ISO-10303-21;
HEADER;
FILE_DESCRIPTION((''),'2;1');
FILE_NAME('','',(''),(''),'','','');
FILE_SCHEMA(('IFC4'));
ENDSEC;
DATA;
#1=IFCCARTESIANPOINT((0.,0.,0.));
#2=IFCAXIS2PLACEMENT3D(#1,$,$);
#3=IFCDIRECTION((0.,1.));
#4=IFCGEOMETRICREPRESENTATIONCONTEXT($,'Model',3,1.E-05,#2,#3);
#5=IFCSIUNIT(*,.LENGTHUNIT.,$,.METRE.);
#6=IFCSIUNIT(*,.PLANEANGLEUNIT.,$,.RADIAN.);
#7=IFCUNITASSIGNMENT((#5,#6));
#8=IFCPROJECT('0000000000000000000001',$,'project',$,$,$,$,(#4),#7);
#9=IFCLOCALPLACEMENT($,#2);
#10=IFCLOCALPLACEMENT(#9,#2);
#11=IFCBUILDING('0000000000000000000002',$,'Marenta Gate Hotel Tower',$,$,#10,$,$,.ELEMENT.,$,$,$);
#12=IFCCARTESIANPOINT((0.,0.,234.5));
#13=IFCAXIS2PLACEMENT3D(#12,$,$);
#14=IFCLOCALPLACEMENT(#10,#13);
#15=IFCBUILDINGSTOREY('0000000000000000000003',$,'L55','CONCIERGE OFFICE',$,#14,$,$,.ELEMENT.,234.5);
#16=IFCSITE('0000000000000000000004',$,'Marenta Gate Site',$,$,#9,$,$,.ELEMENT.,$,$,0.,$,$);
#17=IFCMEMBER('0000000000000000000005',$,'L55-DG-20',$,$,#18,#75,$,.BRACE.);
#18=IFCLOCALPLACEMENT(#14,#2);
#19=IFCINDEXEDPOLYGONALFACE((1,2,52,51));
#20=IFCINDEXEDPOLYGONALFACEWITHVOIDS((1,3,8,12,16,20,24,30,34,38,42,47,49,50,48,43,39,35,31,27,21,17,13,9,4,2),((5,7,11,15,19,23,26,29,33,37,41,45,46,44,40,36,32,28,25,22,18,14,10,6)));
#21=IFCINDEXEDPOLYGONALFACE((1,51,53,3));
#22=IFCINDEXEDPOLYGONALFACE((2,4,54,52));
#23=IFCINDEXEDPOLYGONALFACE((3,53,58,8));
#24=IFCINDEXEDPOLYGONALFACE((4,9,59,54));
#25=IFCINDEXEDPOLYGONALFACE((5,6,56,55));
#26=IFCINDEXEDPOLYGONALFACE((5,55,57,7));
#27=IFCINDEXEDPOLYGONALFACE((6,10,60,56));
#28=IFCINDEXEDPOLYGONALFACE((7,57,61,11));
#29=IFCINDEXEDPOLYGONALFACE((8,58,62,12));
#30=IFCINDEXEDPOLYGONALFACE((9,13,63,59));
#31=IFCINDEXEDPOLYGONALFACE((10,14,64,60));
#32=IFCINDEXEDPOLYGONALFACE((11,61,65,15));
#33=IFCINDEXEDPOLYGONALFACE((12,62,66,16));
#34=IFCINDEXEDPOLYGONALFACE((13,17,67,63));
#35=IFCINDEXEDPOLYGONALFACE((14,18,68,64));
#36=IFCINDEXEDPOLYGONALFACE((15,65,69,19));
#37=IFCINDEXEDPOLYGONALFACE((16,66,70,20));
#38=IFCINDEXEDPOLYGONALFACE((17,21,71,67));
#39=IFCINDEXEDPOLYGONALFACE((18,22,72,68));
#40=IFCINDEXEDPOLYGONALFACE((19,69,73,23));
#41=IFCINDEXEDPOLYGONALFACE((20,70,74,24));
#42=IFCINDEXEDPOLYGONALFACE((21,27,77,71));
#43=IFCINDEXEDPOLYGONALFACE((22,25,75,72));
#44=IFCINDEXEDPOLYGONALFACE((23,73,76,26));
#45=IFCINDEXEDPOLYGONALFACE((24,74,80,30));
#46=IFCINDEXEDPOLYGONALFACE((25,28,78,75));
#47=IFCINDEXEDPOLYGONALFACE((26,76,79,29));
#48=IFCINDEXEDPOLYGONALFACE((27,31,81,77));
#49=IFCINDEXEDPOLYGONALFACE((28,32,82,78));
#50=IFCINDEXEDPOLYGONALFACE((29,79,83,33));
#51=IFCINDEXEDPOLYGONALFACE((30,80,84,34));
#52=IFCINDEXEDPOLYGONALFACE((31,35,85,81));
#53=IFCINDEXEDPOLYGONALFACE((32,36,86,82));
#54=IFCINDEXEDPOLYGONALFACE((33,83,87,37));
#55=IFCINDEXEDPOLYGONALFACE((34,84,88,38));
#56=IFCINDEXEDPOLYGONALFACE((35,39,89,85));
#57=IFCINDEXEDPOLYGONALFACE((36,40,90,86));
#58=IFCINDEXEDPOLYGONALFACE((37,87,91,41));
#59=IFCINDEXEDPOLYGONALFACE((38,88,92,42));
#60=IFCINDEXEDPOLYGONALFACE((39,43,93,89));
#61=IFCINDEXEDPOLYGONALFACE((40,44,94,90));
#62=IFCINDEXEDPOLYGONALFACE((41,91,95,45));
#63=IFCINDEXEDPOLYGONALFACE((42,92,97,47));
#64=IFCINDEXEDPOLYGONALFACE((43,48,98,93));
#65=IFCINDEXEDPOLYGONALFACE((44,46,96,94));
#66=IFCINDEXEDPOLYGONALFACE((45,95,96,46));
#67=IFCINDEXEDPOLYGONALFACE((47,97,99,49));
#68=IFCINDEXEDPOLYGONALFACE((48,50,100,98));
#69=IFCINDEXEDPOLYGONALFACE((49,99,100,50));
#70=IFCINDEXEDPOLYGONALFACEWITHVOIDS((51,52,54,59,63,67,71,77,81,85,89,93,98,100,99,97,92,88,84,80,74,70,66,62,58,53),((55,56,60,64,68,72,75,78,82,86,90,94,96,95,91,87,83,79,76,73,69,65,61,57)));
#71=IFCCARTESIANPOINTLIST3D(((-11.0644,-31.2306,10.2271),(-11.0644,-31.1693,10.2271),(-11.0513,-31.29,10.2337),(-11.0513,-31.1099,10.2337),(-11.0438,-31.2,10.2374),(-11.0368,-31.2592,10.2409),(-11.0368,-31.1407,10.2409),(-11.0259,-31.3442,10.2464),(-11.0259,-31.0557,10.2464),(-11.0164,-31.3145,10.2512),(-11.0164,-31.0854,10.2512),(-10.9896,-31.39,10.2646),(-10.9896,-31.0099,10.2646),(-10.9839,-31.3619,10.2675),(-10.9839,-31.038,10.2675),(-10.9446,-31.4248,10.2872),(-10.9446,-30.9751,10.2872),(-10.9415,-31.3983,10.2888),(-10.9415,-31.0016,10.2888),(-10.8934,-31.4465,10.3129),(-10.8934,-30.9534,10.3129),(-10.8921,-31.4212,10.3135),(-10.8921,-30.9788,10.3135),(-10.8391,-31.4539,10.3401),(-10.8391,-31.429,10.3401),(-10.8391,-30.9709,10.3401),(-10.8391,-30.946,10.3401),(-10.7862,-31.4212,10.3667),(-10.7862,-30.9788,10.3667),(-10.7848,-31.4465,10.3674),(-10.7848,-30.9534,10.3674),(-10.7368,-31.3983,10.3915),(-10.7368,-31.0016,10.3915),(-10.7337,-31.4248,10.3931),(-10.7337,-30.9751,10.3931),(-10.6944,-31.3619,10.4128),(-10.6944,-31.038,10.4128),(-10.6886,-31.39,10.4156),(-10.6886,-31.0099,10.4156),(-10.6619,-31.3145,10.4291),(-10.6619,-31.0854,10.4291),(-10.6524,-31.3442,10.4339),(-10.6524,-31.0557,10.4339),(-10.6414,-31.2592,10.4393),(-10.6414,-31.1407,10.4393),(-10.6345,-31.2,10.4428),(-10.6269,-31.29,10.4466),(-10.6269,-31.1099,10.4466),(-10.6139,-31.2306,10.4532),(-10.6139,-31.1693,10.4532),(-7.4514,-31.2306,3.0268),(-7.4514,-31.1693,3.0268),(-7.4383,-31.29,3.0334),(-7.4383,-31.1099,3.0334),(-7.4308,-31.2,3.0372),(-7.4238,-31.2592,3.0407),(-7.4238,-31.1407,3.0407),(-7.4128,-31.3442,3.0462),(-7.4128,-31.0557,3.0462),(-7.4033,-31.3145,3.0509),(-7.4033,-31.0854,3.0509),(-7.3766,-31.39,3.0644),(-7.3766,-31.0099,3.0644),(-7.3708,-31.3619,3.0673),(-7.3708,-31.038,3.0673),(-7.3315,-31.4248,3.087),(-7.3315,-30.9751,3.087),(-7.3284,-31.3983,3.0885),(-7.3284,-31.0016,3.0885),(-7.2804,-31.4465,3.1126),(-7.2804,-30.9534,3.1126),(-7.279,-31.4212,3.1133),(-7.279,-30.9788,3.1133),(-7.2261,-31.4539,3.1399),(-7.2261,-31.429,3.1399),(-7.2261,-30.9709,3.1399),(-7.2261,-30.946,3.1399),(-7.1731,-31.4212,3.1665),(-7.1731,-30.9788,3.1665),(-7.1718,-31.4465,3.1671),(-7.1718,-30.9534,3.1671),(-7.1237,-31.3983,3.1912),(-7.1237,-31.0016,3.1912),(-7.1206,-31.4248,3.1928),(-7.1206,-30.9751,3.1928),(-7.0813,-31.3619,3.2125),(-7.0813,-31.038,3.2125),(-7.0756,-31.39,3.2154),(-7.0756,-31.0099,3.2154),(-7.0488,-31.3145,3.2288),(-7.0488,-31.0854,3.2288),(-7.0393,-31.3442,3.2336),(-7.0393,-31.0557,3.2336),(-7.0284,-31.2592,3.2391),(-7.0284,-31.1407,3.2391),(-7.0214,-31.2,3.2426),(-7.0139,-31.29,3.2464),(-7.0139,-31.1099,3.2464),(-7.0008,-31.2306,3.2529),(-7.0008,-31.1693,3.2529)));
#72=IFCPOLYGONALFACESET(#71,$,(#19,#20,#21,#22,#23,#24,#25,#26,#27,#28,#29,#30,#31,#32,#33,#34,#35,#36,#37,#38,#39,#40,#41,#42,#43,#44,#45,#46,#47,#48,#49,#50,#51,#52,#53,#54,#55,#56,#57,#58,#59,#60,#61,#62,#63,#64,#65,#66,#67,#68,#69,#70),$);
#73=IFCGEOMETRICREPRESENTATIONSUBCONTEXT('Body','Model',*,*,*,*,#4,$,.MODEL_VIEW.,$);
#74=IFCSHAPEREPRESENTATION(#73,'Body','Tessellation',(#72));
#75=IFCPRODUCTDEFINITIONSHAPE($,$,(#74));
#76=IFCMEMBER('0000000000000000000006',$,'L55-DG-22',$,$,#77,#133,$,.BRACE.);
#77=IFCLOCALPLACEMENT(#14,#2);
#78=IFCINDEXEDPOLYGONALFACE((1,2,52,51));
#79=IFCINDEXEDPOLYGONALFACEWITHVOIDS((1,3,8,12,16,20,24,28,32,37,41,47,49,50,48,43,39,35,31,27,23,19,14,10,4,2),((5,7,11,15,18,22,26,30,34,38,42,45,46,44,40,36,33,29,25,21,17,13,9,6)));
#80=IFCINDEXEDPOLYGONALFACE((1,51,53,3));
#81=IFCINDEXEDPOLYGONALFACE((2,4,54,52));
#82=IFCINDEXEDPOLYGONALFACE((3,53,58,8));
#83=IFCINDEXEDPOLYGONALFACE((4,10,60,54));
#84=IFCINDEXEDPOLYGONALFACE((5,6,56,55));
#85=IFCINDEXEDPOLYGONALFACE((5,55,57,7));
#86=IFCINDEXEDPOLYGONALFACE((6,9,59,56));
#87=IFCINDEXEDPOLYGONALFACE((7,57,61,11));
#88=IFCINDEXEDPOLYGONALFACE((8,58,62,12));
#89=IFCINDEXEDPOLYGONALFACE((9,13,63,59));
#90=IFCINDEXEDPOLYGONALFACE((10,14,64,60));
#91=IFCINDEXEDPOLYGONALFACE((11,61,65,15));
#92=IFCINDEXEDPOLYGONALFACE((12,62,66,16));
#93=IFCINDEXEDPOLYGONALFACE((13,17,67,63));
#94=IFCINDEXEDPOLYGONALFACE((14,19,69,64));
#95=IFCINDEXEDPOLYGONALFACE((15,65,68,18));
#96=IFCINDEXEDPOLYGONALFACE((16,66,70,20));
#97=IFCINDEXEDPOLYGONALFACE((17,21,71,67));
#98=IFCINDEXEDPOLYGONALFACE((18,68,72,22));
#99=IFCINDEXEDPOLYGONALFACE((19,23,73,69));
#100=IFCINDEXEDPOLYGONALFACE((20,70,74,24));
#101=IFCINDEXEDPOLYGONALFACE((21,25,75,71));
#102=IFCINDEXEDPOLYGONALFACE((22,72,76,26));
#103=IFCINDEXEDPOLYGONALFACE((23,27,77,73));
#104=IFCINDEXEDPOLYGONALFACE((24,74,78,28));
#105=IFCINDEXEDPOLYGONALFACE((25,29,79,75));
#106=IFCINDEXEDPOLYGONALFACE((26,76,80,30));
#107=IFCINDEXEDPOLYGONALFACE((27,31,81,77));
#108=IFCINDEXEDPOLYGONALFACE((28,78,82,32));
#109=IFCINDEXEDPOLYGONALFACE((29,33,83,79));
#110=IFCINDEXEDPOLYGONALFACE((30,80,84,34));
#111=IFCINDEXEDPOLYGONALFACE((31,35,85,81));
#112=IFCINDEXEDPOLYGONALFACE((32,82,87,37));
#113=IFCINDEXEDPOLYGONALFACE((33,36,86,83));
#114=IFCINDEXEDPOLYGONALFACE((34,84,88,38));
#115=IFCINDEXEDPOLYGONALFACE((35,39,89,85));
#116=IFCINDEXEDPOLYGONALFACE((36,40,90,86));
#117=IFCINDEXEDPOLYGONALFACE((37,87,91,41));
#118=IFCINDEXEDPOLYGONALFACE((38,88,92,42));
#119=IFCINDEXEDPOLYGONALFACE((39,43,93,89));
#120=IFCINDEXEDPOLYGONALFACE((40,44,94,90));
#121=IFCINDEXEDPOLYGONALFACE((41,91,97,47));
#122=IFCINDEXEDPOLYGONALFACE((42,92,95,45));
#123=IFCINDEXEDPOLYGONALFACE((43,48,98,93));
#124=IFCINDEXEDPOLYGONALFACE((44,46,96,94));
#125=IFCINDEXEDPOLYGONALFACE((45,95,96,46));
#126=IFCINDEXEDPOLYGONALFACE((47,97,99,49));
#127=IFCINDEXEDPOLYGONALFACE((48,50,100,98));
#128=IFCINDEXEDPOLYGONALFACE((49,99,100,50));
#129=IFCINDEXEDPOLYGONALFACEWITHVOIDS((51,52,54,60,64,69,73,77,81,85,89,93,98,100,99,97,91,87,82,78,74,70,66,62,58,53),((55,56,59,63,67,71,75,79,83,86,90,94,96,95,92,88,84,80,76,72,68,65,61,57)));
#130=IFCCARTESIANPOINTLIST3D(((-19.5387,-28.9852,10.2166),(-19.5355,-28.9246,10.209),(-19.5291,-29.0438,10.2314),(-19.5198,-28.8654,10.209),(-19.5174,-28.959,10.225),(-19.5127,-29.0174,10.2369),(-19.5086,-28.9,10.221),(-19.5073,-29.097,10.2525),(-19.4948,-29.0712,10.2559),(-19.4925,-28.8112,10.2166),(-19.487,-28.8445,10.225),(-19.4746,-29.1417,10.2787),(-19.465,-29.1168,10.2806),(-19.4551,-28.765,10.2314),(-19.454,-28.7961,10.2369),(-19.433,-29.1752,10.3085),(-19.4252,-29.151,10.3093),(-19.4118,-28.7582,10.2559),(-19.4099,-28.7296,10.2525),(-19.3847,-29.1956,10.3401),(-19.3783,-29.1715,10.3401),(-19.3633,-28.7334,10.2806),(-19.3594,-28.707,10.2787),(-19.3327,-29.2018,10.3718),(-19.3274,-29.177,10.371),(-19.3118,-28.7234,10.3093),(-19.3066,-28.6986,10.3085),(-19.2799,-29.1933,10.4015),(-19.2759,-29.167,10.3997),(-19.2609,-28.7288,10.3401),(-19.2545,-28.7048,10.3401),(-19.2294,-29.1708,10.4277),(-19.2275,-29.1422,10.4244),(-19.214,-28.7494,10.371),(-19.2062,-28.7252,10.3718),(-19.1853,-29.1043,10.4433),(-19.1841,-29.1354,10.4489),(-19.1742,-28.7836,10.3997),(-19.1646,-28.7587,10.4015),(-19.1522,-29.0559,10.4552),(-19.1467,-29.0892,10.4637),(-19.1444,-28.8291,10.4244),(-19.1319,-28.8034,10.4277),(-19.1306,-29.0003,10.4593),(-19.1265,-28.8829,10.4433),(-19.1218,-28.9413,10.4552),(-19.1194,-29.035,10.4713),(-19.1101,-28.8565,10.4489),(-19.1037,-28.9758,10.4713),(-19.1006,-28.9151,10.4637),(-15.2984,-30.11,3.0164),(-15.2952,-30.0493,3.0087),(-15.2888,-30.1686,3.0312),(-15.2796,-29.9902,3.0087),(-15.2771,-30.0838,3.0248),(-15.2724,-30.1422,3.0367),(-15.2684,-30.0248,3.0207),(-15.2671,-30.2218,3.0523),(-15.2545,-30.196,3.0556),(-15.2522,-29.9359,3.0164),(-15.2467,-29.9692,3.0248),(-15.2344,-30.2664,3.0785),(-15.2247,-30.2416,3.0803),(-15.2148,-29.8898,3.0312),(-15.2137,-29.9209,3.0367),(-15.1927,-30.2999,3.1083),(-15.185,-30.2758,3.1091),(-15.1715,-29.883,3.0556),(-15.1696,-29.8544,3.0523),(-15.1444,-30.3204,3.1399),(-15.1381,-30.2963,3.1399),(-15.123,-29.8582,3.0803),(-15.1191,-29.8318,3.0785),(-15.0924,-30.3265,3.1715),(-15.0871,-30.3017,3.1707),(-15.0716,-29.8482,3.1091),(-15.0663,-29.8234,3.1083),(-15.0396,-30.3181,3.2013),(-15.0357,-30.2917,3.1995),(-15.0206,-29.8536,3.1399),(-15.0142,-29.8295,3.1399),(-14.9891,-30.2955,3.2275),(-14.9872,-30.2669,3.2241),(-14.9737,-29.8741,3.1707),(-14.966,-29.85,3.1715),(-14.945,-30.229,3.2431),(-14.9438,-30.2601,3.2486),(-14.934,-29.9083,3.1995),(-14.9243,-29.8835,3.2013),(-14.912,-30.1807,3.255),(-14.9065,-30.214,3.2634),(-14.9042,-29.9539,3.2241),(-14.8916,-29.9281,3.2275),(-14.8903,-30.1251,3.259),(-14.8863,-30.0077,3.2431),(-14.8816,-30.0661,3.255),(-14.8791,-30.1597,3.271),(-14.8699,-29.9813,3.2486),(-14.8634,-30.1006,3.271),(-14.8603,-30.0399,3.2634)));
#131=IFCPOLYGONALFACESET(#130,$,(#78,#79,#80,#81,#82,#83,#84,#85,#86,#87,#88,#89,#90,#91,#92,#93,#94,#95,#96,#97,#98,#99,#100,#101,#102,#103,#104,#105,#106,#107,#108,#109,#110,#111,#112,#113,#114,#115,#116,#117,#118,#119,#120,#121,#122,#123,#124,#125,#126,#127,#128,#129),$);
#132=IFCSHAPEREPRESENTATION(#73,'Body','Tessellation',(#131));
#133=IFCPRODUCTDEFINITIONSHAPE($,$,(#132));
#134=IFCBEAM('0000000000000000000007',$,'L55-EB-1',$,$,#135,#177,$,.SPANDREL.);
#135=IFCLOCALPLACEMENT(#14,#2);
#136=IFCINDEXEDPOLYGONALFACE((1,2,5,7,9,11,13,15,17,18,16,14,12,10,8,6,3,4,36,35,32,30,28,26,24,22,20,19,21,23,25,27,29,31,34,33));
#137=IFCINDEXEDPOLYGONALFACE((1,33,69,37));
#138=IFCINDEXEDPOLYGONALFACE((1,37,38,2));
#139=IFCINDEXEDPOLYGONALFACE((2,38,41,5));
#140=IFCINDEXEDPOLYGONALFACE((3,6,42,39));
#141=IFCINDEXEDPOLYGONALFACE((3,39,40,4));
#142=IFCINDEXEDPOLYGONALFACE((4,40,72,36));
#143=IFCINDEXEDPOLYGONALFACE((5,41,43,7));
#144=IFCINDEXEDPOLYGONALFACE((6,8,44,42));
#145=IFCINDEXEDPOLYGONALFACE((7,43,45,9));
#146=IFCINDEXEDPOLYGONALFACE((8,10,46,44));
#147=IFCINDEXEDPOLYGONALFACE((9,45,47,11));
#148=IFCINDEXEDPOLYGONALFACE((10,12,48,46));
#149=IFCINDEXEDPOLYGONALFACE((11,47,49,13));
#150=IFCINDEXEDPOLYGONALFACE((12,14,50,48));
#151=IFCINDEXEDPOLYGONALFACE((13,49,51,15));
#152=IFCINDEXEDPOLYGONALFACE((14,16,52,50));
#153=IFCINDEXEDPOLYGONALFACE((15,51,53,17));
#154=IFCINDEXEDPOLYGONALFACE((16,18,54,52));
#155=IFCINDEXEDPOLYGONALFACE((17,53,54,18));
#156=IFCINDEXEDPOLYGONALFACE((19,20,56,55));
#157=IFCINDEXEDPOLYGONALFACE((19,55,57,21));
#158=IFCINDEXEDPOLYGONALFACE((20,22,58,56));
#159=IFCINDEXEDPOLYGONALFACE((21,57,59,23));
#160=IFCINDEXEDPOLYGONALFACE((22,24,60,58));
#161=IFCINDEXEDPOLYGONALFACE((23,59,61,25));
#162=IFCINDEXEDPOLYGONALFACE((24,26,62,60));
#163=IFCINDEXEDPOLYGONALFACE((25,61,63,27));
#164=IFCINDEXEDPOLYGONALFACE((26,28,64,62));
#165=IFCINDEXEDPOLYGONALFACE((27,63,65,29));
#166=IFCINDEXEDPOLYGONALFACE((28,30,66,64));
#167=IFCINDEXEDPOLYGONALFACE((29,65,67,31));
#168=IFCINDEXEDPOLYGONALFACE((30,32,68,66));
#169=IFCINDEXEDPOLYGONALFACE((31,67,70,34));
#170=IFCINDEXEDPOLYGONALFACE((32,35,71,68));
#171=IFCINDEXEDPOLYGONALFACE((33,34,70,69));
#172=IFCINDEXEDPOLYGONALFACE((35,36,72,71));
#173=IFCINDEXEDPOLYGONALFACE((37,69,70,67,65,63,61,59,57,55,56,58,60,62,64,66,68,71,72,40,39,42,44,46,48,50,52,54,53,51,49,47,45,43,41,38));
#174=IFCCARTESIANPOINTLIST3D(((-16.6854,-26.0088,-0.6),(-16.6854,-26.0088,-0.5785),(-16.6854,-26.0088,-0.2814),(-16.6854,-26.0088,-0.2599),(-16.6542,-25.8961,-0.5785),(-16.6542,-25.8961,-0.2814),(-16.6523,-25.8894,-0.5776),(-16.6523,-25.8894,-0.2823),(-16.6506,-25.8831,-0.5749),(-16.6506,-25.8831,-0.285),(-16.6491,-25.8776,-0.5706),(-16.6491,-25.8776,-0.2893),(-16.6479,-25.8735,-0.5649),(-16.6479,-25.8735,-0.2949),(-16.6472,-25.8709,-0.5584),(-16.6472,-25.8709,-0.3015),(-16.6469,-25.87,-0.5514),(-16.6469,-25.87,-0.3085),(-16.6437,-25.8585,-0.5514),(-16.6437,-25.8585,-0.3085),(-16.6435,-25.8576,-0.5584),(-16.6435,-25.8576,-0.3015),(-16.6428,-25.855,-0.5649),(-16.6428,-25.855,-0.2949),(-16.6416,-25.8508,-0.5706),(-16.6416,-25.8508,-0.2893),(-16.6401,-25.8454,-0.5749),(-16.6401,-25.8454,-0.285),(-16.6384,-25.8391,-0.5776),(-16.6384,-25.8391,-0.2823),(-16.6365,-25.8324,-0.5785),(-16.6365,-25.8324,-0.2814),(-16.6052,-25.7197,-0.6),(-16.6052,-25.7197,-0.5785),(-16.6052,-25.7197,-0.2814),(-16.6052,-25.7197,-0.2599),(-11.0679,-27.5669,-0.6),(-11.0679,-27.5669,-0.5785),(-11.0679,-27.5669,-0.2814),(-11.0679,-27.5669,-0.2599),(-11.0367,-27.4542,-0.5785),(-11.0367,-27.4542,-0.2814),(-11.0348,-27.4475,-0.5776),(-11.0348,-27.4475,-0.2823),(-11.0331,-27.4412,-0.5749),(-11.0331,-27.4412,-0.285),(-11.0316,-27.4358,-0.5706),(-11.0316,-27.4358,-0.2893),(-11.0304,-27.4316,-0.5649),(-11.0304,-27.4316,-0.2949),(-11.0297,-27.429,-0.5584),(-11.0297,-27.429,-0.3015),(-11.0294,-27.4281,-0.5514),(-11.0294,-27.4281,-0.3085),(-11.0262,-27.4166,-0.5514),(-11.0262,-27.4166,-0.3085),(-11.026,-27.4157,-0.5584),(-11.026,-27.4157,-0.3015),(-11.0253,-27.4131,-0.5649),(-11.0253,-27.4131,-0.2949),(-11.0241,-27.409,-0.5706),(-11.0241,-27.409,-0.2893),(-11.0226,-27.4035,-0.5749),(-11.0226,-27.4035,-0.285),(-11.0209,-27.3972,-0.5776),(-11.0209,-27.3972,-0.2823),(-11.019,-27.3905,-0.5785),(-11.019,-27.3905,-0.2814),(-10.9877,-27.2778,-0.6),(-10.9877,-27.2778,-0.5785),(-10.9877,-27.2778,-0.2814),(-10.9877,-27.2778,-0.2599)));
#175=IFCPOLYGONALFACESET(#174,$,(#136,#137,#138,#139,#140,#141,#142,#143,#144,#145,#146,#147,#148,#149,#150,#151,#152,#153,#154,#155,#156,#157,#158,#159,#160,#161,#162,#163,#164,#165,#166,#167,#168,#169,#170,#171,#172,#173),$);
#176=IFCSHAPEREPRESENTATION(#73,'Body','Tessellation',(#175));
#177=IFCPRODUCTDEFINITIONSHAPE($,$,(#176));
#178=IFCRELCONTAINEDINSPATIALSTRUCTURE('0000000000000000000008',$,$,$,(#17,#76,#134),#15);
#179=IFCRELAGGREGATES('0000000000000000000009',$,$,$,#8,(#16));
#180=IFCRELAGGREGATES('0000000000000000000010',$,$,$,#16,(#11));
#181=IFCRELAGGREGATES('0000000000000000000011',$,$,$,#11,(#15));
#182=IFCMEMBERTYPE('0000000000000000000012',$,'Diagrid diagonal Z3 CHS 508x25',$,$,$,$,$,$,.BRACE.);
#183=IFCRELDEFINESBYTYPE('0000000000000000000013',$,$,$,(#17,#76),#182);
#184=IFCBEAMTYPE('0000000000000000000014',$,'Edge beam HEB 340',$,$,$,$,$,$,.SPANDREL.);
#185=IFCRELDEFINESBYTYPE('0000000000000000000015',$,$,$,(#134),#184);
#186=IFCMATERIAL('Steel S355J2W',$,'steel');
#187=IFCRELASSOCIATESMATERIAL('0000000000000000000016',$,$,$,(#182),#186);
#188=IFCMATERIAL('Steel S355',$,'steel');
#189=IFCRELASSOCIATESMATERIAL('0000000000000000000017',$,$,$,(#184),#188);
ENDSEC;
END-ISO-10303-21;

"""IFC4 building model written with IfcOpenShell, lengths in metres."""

from ifc_helpers import new_model, si_unit, direction, frame, origin, origin_2d, place, context, subcontext, project, spatial, hollow_circle, i_section, extrude, material, material_profile, profile_set, type_object, element, save


model = new_model("IFC4")

# Units and contexts
model_context = context("Model", 3, precision=1e-05, world=origin(), true_north=direction((0.0, 1.0)))
body_context = subcontext(model_context, "Body", "Model", "MODEL_VIEW")
ifc_project = project(units=[si_unit("LENGTHUNIT", "METRE"), si_unit("PLANEANGLEUNIT", "RADIAN")], contexts=[model_context])

# Site, building, storey
site_placement = place(None, origin())
site = spatial("IfcSite", under=ifc_project, at=site_placement, Name="Marenta Gate Site", CompositionType="ELEMENT", RefElevation=0.0)
building_placement = place(site_placement, origin())
building = spatial("IfcBuilding", under=site, at=building_placement, Name="Marenta Gate Hotel Tower", CompositionType="ELEMENT")
storey_placement = place(building_placement, frame((0.0, 0.0, 234.5)))
storey = spatial("IfcBuildingStorey", under=building, at=storey_placement, Name="L55", Description="CONCIERGE OFFICE", CompositionType="ELEMENT", Elevation=234.5)

# Members
ifc_material_1 = material(Name="Steel S355J2W", Category="steel")
ifc_material_profile_1 = material_profile(ifc_material_1, hollow_circle(Radius=0.2539, WallThickness=0.0249, at=origin_2d()), Name="CHS 508x25")
ifc_profile_set_1 = profile_set([ifc_material_profile_1], Name="Steel S355J2W")
member_type_1 = type_object("IfcMemberType", Name="Diagrid diagonal Z3 CHS 508x25", PredefinedType="BRACE", material=ifc_profile_set_1)
for number, where, z_axis, x_axis, name in (
    (1, (-7.2261, -31.2, 3.1399), (-0.448498, 0.0, 0.893784), (0.0, -1.0, 0.0), "L55-DG-20"),
):
    element("IfcMember", number, at=place(storey_placement, frame(where, z_axis=z_axis, x_axis=x_axis)), inside=storey, type_object=member_type_1, Name=name, PredefinedType="BRACE", context=body_context, shape_type="SweptSolid", body=[
        extrude(hollow_circle(Radius=0.2539, WallThickness=0.0249, at=origin_2d()), origin(), (0.0, 0.0, 1.0), 8.0559),
    ])
member_1_placement = place(storey_placement, frame((-15.0793, -30.075, 3.1399), z_axis=(-0.502914, 0.133402, 0.85398), x_axis=(-0.256391, -0.966573, 0.0)))
element("IfcMember", 2, at=member_1_placement, inside=storey, type_object=member_type_1, Name="L55-DG-22", PredefinedType="BRACE", context=body_context, shape_type="SweptSolid", body=[
    extrude(hollow_circle(Radius=0.2539, WallThickness=0.0249, at=origin_2d()), origin(), (0.0, 0.0, 1.0), 8.4314),
])

# Beam
ifc_material_2 = material(Name="Steel S355", Category="steel")
ifc_material_profile_2 = material_profile(ifc_material_2, i_section(OverallWidth=0.3, OverallDepth=0.3401, WebThickness=0.012, FlangeThickness=0.0215, FilletRadius=0.0271, at=origin_2d()), Name="HEB 340")
ifc_profile_set_2 = profile_set([ifc_material_profile_2], Name="Steel S355")
beam_type = type_object("IfcBeamType", Name="Edge beam HEB 340", PredefinedType="SPANDREL", material=ifc_profile_set_2)
beam_1_placement = place(storey_placement, frame((-11.0278, -27.4224, -0.4299), z_axis=(-0.963619, 0.267279, 0.0), x_axis=(-0.267279, -0.963619, 0.0)))
element("IfcBeam", 3, at=beam_1_placement, inside=storey, type_object=beam_type, Name="L55-EB-1", PredefinedType="SPANDREL", context=body_context, shape_type="SweptSolid", body=[
    extrude(i_section(OverallWidth=0.3, OverallDepth=0.3401, WebThickness=0.012, FlangeThickness=0.0215, FilletRadius=0.0271, at=origin_2d()), origin(), (0.0, 0.0, 1.0), 5.8296),
])

save(model, "model.ifc")
